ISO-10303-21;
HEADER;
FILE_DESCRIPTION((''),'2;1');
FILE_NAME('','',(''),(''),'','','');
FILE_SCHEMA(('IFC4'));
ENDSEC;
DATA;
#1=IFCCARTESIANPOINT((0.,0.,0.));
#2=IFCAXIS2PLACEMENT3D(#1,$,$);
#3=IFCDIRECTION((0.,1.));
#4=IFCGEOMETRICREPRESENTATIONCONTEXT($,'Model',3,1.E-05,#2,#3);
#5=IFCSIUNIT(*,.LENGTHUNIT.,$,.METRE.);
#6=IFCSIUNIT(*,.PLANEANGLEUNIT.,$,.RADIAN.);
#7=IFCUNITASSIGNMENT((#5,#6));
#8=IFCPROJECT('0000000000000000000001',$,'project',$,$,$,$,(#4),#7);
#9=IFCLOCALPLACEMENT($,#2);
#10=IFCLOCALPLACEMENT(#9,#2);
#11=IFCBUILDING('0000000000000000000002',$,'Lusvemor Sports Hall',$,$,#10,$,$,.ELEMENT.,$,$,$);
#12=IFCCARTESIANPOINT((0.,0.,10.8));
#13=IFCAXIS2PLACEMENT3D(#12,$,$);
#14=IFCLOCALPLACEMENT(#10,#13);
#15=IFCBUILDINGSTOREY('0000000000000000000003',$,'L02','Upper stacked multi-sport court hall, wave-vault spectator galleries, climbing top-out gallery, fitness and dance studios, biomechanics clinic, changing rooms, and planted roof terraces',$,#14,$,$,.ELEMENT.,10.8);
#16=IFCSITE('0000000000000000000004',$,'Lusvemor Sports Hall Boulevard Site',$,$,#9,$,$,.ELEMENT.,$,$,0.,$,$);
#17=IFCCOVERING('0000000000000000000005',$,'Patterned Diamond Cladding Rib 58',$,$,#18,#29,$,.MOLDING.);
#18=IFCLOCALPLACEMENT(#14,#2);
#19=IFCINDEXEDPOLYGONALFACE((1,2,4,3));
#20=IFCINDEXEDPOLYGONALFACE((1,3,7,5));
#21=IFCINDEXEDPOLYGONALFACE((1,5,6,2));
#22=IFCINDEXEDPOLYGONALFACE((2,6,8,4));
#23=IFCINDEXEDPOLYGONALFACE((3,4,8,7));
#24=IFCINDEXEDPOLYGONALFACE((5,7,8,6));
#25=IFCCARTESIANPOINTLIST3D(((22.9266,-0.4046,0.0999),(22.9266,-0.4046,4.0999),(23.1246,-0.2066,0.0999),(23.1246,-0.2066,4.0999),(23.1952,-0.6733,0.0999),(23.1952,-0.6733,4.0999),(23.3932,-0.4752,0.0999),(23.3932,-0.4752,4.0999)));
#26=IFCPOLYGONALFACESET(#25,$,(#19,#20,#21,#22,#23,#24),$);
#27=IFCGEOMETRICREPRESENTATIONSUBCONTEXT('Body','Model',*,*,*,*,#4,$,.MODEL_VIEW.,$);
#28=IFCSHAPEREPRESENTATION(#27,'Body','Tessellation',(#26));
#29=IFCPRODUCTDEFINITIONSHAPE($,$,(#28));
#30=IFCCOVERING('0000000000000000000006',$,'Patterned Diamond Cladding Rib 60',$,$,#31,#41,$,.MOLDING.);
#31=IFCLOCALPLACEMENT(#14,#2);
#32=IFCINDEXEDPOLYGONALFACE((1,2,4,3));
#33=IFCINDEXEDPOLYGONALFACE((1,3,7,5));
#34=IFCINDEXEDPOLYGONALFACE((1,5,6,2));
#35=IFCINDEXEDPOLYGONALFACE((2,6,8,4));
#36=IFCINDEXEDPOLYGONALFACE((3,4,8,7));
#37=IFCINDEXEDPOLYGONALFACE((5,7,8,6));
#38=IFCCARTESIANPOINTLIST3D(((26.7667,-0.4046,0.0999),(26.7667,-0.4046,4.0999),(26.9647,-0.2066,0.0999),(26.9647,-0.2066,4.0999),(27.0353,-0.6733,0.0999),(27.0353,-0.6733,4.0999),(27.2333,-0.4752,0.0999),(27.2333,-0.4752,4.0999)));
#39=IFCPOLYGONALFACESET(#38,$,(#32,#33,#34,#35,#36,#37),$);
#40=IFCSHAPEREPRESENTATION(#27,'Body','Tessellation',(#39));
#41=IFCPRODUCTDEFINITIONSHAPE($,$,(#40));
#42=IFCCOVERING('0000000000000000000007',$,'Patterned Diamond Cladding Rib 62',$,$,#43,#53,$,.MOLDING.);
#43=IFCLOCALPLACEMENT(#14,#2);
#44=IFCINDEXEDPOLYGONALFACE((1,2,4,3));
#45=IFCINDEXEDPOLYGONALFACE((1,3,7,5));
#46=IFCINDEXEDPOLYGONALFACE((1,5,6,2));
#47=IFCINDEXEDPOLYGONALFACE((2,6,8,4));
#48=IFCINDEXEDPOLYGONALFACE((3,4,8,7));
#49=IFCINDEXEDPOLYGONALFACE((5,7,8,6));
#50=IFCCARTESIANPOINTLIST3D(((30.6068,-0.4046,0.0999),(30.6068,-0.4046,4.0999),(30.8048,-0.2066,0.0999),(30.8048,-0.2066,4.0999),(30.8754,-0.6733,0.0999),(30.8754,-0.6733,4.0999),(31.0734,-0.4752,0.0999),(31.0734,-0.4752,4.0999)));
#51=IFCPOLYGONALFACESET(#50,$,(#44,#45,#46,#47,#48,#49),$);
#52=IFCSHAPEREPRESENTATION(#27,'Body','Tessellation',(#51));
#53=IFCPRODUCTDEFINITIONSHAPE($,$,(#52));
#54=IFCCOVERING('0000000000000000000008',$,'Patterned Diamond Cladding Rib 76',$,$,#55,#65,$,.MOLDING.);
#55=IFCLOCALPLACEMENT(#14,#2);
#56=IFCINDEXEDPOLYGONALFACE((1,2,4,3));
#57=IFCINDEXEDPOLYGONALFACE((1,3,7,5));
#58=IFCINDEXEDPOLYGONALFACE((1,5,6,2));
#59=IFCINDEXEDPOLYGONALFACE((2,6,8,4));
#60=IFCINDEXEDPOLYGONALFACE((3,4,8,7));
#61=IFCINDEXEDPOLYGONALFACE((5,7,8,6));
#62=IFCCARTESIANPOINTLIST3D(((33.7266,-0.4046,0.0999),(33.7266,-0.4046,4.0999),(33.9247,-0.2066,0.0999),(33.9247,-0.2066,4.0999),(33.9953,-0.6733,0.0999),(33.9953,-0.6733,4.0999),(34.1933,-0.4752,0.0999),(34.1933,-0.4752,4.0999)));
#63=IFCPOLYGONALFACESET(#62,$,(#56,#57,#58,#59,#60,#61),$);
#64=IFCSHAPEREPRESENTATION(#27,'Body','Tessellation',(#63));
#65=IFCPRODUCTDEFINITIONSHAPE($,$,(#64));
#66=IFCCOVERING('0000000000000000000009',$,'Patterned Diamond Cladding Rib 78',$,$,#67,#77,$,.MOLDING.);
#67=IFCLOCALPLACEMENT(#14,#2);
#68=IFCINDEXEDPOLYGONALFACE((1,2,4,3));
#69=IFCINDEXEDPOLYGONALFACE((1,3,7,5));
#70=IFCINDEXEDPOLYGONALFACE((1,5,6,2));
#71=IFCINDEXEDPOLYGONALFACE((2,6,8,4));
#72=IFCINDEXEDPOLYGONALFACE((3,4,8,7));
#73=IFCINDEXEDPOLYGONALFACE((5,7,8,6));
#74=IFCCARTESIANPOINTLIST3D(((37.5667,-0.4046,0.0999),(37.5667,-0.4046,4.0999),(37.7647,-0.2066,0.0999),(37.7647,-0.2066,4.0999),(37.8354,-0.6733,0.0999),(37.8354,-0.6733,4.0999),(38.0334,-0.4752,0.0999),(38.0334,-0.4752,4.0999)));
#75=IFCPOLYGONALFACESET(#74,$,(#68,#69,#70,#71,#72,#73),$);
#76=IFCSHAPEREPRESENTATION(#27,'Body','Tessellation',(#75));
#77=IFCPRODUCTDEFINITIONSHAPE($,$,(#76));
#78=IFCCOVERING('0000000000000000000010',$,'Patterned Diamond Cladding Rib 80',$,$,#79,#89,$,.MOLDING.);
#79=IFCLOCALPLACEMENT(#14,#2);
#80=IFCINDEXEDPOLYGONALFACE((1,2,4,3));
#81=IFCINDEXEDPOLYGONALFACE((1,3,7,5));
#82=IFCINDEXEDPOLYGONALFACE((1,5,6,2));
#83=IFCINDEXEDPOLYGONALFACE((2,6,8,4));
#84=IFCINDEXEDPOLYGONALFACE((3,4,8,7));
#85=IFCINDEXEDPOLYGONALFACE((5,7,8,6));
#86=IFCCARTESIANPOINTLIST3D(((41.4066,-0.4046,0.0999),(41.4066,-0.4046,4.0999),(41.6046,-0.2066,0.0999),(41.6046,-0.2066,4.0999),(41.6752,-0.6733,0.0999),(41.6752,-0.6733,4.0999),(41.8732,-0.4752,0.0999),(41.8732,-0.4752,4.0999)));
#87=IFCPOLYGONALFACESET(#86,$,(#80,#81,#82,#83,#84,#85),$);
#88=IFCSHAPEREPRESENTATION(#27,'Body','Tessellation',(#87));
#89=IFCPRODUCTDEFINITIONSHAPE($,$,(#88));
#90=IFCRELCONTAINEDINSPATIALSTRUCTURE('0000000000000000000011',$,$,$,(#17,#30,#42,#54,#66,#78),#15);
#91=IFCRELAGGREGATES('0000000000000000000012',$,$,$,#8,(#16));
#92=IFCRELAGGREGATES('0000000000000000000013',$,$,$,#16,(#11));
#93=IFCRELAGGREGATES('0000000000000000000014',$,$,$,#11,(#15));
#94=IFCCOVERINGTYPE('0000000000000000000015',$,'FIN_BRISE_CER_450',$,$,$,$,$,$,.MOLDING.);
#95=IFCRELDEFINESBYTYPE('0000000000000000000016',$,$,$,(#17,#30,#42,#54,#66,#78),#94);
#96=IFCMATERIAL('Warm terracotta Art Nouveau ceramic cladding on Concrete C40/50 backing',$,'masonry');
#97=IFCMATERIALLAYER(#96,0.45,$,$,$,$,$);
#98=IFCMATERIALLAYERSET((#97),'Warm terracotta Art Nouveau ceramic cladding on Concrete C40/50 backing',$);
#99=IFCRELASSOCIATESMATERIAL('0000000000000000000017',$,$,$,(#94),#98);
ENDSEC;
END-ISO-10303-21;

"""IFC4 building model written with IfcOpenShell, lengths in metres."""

from ifc_helpers import new_model, si_unit, direction, frame, origin, origin_2d, place, context, subcontext, project, spatial, rectangle, extrude, material, layer, layer_set, type_object, element, save


model = new_model("IFC4")

# Units and contexts
model_context = context("Model", 3, precision=1e-05, world=origin(), true_north=direction((0.0, 1.0)))
body_context = subcontext(model_context, "Body", "Model", "MODEL_VIEW")
ifc_project = project(units=[si_unit("LENGTHUNIT", "METRE"), si_unit("PLANEANGLEUNIT", "RADIAN")], contexts=[model_context])

# Site, building, storey
site_placement = place(None, origin())
site = spatial("IfcSite", under=ifc_project, at=site_placement, Name="Lusvemor Sports Hall Boulevard Site", CompositionType="ELEMENT", RefElevation=0.0)
building_placement = place(site_placement, origin())
building = spatial("IfcBuilding", under=site, at=building_placement, Name="Lusvemor Sports Hall", CompositionType="ELEMENT")
storey_placement = place(building_placement, frame((0.0, 0.0, 10.8)))
storey = spatial("IfcBuildingStorey", under=building, at=storey_placement, Name="L02", Description="Upper stacked multi-sport court hall, wave-vault spectator galleries, climbing top-out gallery, fitness and dance studios, biomechanics clinic, changing rooms, and planted roof terraces", CompositionType="ELEMENT", Elevation=10.8)

# Coverings
ifc_material_1 = material(Name="Warm terracotta Art Nouveau ceramic cladding on Concrete C40/50 backing", Category="masonry")
ifc_layer_1 = layer(ifc_material_1, 0.45)
ifc_layer_set_1 = layer_set([ifc_layer_1], Name="Warm terracotta Art Nouveau ceramic cladding on Concrete C40/50 backing")
covering_type_1 = type_object("IfcCoveringType", Name="FIN_BRISE_CER_450", PredefinedType="MOLDING", material=ifc_layer_set_1)
for number, where, z_axis, x_axis, name in (
    (1, (23.1599, -0.4399, 0.0999), (0.0, 0.0, 1.0), (0.707107, 0.707107, 0.0), "Patterned Diamond Cladding Rib 58"),
    (2, (27.0, -0.4399, 0.0999), (0.0, 0.0, 1.0), (0.707107, 0.707107, 0.0), "Patterned Diamond Cladding Rib 60"),
    (3, (30.8401, -0.4399, 0.0999), (0.0, 0.0, 1.0), (0.707107, 0.707107, 0.0), "Patterned Diamond Cladding Rib 62"),
    (4, (33.96, -0.4399, 0.0999), (0.0, 0.0, 1.0), (0.707107, 0.707107, 0.0), "Patterned Diamond Cladding Rib 76"),
    (5, (37.8, -0.4399, 0.0999), (0.0, 0.0, 1.0), (0.707107, 0.707107, 0.0), "Patterned Diamond Cladding Rib 78"),
    (6, (41.6399, -0.4399, 0.0999), (0.0, 0.0, 1.0), (0.707107, 0.707107, 0.0), "Patterned Diamond Cladding Rib 80"),
):
    element("IfcCovering", number, at=place(storey_placement, frame(where, z_axis=z_axis, x_axis=x_axis)), inside=storey, type_object=covering_type_1, Name=name, PredefinedType="MOLDING", context=body_context, shape_type="SweptSolid", body=[
        extrude(rectangle(XDim=0.28, YDim=0.3799, at=origin_2d()), origin(), (0.0, 0.0, 1.0), 4.0),
    ])

save(model, "model.ifc")
